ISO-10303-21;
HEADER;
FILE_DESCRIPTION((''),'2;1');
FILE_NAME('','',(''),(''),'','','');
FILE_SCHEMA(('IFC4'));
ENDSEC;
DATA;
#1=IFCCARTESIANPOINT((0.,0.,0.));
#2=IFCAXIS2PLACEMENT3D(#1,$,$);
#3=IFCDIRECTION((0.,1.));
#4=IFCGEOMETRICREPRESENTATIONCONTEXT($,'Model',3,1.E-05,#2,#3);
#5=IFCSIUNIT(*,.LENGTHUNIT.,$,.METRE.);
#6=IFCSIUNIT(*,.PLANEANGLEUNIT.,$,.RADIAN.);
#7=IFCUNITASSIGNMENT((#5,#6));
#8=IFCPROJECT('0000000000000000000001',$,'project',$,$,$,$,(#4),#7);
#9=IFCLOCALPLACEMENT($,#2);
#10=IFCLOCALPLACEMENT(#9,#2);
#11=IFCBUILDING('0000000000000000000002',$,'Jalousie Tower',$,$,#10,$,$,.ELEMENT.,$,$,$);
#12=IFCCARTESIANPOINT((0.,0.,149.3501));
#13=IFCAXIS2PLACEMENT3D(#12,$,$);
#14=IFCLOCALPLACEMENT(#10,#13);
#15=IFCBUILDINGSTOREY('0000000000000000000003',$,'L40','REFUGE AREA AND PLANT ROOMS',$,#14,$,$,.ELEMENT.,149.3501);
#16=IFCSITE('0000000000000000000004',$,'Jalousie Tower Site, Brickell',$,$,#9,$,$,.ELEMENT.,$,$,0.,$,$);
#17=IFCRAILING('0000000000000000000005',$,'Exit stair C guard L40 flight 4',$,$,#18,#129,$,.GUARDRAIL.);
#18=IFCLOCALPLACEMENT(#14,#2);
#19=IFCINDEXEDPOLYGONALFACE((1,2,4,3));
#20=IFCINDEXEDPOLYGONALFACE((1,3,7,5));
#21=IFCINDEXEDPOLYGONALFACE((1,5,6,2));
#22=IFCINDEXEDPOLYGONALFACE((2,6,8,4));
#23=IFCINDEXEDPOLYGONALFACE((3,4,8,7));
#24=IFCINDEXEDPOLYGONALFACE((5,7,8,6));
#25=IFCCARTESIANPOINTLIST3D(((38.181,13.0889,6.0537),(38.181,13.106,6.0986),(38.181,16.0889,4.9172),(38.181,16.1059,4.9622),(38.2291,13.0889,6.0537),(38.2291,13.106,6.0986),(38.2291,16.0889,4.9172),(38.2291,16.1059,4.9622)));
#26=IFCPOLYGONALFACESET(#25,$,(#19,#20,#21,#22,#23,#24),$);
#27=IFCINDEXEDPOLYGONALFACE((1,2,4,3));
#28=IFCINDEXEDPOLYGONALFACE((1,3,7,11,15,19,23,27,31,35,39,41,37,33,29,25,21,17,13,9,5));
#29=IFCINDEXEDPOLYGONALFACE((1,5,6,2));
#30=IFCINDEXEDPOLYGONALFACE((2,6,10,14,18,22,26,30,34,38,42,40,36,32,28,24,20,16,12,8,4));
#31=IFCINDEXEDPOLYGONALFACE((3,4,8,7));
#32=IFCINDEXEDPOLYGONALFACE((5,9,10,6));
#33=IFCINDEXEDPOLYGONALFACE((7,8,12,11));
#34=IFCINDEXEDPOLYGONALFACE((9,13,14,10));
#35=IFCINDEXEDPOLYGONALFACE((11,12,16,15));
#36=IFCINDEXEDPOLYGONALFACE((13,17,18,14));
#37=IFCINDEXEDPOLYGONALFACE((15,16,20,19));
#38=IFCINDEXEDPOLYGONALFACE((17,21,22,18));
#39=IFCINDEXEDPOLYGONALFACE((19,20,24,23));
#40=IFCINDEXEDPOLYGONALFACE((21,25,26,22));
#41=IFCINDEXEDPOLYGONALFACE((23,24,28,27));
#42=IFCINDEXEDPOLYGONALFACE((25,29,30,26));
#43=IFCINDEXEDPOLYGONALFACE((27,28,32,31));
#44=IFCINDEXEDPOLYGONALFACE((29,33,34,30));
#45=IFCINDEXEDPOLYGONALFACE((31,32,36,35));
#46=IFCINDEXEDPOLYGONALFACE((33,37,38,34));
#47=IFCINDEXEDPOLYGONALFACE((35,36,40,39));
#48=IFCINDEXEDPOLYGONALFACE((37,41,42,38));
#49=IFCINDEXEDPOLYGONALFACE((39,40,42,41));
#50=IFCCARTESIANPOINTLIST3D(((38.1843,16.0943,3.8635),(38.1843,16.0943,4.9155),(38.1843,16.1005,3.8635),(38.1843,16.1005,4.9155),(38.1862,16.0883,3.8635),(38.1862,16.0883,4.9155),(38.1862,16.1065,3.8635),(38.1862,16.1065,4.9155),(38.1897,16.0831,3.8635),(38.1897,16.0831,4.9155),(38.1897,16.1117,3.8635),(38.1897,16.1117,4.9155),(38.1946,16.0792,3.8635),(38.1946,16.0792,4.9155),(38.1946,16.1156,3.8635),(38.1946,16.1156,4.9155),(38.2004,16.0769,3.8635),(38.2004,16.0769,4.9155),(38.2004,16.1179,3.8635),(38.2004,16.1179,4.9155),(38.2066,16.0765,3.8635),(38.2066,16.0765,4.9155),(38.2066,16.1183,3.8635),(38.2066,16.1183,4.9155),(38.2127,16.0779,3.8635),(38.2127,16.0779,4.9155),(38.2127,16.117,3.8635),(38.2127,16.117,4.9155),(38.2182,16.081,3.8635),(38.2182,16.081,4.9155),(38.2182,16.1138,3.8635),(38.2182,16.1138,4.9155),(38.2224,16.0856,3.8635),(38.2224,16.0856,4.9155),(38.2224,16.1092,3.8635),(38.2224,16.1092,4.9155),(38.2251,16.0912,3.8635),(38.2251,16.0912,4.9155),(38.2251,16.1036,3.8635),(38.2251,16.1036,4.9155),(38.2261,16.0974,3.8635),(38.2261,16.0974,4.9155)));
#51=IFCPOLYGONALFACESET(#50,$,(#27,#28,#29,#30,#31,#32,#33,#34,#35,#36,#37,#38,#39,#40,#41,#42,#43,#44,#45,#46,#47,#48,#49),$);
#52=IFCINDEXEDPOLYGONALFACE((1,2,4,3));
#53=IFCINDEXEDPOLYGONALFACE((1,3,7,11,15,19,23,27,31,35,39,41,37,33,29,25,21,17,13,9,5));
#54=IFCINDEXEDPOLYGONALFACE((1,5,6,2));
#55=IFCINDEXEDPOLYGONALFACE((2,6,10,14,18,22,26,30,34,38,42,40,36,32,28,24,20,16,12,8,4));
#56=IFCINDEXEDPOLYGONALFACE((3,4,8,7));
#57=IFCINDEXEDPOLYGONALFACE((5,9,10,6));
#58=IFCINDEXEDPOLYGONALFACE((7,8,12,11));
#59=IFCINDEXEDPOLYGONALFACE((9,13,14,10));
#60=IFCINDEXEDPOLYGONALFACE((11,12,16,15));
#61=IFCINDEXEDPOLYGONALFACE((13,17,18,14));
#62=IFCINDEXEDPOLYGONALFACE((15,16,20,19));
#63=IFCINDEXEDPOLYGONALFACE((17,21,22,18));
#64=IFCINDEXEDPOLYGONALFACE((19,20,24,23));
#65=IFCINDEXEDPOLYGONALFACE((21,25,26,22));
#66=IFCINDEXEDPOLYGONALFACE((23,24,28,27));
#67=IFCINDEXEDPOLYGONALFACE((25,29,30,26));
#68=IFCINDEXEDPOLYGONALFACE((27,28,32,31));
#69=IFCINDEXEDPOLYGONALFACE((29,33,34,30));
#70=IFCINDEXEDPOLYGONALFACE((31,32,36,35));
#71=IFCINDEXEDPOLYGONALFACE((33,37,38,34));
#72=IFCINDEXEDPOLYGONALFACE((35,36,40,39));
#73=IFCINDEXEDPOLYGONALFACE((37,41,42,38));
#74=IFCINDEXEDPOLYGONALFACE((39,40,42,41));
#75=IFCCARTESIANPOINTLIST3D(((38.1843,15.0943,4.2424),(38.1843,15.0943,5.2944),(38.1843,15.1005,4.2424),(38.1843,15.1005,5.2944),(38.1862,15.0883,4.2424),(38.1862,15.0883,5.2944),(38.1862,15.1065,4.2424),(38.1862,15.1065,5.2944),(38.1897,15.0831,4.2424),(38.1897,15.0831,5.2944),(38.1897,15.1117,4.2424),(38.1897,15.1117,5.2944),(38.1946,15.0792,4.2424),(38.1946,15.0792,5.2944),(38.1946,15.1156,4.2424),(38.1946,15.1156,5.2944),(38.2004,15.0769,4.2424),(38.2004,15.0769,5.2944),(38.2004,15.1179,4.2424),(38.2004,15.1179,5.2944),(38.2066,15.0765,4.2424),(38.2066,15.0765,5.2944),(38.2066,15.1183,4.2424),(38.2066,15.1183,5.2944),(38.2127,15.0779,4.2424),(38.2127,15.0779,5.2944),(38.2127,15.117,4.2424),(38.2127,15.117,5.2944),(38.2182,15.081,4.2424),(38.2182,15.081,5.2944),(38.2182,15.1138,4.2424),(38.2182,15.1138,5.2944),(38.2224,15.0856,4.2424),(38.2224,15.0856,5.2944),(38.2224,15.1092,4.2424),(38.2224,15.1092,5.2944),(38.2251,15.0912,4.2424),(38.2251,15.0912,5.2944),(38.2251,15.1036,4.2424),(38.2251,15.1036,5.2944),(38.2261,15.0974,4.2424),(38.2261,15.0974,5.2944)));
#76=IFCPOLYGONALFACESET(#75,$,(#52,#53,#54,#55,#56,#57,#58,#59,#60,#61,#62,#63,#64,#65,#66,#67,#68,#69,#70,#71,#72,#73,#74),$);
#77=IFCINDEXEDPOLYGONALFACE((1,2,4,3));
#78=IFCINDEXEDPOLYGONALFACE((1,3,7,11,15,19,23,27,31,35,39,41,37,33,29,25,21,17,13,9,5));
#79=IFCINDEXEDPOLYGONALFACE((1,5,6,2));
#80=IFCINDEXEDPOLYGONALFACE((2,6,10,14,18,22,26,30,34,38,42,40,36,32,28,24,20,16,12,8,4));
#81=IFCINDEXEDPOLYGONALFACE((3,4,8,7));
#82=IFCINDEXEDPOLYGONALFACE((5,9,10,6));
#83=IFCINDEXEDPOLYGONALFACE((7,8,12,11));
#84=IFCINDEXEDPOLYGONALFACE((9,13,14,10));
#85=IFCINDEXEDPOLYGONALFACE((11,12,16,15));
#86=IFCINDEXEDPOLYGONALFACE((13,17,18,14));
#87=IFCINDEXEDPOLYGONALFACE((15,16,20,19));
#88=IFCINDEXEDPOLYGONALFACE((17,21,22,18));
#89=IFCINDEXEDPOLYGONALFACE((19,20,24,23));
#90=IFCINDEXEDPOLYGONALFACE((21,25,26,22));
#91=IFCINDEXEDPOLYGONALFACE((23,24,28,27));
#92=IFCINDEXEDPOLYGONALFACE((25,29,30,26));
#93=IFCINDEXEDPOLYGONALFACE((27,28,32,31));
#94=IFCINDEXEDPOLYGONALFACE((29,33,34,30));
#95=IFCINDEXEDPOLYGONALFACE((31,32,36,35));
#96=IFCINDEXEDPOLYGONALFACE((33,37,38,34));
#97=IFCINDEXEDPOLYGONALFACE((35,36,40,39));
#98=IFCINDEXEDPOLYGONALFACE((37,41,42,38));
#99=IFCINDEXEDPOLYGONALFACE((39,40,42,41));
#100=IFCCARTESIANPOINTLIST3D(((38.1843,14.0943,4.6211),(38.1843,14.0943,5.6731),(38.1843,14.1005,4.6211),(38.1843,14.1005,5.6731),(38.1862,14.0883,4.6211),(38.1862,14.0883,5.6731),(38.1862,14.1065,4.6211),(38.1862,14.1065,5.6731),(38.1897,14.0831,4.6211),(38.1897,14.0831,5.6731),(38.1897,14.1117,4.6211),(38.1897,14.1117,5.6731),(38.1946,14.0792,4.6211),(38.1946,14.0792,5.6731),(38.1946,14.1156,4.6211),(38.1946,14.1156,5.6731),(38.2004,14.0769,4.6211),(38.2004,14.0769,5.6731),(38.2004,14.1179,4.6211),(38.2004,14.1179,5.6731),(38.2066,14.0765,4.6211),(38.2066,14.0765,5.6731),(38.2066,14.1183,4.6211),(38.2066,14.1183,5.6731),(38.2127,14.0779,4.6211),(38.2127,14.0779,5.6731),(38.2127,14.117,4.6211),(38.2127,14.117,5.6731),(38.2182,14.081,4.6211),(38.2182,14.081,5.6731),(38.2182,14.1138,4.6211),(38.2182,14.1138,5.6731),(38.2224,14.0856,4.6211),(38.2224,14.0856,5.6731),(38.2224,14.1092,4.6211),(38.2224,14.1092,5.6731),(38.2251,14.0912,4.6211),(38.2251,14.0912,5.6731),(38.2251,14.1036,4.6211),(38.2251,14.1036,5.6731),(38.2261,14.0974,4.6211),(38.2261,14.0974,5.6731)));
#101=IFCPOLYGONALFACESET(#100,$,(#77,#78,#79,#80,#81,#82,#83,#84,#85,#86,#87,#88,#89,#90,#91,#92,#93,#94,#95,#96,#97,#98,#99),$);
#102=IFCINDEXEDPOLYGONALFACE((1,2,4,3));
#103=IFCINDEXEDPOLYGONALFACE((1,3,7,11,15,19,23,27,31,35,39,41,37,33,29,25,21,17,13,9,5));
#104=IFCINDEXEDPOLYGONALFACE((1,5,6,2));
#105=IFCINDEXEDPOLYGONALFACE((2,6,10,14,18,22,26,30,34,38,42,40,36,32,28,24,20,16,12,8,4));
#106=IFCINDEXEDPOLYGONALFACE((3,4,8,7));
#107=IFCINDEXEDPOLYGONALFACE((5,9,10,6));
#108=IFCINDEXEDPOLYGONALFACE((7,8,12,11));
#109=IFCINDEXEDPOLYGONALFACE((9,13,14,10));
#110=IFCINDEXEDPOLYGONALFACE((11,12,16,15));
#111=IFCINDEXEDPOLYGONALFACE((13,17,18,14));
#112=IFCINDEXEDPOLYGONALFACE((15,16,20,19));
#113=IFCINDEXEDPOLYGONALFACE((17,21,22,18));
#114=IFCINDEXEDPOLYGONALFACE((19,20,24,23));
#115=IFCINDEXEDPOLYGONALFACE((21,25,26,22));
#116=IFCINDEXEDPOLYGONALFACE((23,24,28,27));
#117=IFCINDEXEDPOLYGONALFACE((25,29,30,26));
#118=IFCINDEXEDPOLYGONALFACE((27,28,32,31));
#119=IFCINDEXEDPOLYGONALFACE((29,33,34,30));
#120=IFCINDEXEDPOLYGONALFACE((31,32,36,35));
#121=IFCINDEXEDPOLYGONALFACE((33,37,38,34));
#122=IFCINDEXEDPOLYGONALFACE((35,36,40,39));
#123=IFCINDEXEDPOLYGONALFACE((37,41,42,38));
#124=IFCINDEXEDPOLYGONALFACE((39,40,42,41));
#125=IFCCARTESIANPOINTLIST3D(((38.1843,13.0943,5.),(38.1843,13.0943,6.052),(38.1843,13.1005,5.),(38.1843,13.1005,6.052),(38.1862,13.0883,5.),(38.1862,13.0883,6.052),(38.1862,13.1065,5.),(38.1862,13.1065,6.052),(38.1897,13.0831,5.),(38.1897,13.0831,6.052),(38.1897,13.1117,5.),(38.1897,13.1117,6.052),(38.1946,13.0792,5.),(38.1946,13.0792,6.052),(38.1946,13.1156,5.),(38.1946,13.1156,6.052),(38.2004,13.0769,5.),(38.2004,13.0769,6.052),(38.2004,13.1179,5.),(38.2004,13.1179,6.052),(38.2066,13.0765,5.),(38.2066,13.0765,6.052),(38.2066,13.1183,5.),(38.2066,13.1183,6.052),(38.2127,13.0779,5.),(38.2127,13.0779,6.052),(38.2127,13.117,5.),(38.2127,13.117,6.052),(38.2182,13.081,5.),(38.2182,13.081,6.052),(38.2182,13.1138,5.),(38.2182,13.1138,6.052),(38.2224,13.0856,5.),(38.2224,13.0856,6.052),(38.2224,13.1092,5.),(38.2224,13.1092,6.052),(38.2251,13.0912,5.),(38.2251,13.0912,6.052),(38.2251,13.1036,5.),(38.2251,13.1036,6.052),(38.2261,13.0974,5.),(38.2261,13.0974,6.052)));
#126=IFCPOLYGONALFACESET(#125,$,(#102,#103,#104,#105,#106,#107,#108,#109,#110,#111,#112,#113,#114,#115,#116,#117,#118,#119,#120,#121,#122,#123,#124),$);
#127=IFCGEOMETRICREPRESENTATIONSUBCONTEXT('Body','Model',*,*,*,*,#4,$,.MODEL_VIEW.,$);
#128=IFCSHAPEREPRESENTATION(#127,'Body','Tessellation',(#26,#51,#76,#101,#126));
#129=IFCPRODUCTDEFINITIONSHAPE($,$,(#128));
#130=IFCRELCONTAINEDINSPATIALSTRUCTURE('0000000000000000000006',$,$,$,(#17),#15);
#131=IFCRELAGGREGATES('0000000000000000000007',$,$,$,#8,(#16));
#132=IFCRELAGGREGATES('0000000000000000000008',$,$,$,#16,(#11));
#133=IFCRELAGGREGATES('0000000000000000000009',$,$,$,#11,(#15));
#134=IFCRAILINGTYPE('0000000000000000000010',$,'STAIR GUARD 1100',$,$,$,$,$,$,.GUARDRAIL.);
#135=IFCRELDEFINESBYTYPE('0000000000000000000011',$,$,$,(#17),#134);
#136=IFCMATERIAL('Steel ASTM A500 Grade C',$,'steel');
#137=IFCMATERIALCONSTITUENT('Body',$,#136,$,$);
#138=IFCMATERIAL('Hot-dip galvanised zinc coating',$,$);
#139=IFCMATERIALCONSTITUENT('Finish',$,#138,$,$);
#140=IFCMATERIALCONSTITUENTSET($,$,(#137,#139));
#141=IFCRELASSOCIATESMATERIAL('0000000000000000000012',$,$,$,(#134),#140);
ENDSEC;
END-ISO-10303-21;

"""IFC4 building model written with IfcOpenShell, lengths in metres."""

from ifc_helpers import new_model, si_unit, direction, frame, origin, origin_2d, place, context, subcontext, project, spatial, rectangle, circle, extrude, material, constituent, constituent_set, type_object, element, save


model = new_model("IFC4")

# Units and contexts
model_context = context("Model", 3, precision=1e-05, world=origin(), true_north=direction((0.0, 1.0)))
body_context = subcontext(model_context, "Body", "Model", "MODEL_VIEW")
ifc_project = project(units=[si_unit("LENGTHUNIT", "METRE"), si_unit("PLANEANGLEUNIT", "RADIAN")], contexts=[model_context])

# Site, building, storey
site_placement = place(None, origin())
site = spatial("IfcSite", under=ifc_project, at=site_placement, Name="Jalousie Tower Site, Brickell", CompositionType="ELEMENT", RefElevation=0.0)
building_placement = place(site_placement, origin())
building = spatial("IfcBuilding", under=site, at=building_placement, Name="Jalousie Tower", CompositionType="ELEMENT")
storey_placement = place(building_placement, frame((0.0, 0.0, 149.3501)))
storey = spatial("IfcBuildingStorey", under=building, at=storey_placement, Name="L40", Description="REFUGE AREA AND PLANT ROOMS", CompositionType="ELEMENT", Elevation=149.3501)

# Railing
ifc_material_1 = material(Name="Steel ASTM A500 Grade C", Category="steel")
ifc_constituent_1 = constituent(ifc_material_1, Name="Body")
ifc_material_2 = material(Name="Hot-dip galvanised zinc coating")
ifc_constituent_2 = constituent(ifc_material_2, Name="Finish")
ifc_constituent_set_1 = constituent_set(constituents=[ifc_constituent_1, ifc_constituent_2])
railing_type_1 = type_object("IfcRailingType", Name="STAIR GUARD 1100", PredefinedType="GUARDRAIL", material=ifc_constituent_set_1)
railing_1_placement = place(storey_placement, frame((38.2051, 16.0974, 3.8635)))
element("IfcRailing", 1, at=railing_1_placement, inside=storey, type_object=railing_type_1, Name="Exit stair C guard L40 flight 4", PredefinedType="GUARDRAIL", context=body_context, shape_type="SweptSolid", body=[
    extrude(rectangle(XDim=0.0481, YDim=0.0481, at=origin_2d()), frame((0.0, 0.0, 1.0762), z_axis=(0.0, -0.935148, 0.354257), x_axis=(1.0, 0.0, 0.0)), (0.0, 0.0, 1.0), 3.208),
    extrude(circle(Radius=0.021, at=origin_2d()), origin(), (0.0, 0.0, 1.0), 1.052),
    extrude(circle(Radius=0.021, at=origin_2d()), frame((0.0, -1.0, 0.3789)), (0.0, 0.0, 1.0), 1.052),
    extrude(circle(Radius=0.021, at=origin_2d()), frame((0.0, -2.0, 0.7576)), (0.0, 0.0, 1.0), 1.052),
    extrude(circle(Radius=0.021, at=origin_2d()), frame((0.0, -3.0, 1.1365)), (0.0, 0.0, 1.0), 1.052),
])

save(model, "model.ifc")
